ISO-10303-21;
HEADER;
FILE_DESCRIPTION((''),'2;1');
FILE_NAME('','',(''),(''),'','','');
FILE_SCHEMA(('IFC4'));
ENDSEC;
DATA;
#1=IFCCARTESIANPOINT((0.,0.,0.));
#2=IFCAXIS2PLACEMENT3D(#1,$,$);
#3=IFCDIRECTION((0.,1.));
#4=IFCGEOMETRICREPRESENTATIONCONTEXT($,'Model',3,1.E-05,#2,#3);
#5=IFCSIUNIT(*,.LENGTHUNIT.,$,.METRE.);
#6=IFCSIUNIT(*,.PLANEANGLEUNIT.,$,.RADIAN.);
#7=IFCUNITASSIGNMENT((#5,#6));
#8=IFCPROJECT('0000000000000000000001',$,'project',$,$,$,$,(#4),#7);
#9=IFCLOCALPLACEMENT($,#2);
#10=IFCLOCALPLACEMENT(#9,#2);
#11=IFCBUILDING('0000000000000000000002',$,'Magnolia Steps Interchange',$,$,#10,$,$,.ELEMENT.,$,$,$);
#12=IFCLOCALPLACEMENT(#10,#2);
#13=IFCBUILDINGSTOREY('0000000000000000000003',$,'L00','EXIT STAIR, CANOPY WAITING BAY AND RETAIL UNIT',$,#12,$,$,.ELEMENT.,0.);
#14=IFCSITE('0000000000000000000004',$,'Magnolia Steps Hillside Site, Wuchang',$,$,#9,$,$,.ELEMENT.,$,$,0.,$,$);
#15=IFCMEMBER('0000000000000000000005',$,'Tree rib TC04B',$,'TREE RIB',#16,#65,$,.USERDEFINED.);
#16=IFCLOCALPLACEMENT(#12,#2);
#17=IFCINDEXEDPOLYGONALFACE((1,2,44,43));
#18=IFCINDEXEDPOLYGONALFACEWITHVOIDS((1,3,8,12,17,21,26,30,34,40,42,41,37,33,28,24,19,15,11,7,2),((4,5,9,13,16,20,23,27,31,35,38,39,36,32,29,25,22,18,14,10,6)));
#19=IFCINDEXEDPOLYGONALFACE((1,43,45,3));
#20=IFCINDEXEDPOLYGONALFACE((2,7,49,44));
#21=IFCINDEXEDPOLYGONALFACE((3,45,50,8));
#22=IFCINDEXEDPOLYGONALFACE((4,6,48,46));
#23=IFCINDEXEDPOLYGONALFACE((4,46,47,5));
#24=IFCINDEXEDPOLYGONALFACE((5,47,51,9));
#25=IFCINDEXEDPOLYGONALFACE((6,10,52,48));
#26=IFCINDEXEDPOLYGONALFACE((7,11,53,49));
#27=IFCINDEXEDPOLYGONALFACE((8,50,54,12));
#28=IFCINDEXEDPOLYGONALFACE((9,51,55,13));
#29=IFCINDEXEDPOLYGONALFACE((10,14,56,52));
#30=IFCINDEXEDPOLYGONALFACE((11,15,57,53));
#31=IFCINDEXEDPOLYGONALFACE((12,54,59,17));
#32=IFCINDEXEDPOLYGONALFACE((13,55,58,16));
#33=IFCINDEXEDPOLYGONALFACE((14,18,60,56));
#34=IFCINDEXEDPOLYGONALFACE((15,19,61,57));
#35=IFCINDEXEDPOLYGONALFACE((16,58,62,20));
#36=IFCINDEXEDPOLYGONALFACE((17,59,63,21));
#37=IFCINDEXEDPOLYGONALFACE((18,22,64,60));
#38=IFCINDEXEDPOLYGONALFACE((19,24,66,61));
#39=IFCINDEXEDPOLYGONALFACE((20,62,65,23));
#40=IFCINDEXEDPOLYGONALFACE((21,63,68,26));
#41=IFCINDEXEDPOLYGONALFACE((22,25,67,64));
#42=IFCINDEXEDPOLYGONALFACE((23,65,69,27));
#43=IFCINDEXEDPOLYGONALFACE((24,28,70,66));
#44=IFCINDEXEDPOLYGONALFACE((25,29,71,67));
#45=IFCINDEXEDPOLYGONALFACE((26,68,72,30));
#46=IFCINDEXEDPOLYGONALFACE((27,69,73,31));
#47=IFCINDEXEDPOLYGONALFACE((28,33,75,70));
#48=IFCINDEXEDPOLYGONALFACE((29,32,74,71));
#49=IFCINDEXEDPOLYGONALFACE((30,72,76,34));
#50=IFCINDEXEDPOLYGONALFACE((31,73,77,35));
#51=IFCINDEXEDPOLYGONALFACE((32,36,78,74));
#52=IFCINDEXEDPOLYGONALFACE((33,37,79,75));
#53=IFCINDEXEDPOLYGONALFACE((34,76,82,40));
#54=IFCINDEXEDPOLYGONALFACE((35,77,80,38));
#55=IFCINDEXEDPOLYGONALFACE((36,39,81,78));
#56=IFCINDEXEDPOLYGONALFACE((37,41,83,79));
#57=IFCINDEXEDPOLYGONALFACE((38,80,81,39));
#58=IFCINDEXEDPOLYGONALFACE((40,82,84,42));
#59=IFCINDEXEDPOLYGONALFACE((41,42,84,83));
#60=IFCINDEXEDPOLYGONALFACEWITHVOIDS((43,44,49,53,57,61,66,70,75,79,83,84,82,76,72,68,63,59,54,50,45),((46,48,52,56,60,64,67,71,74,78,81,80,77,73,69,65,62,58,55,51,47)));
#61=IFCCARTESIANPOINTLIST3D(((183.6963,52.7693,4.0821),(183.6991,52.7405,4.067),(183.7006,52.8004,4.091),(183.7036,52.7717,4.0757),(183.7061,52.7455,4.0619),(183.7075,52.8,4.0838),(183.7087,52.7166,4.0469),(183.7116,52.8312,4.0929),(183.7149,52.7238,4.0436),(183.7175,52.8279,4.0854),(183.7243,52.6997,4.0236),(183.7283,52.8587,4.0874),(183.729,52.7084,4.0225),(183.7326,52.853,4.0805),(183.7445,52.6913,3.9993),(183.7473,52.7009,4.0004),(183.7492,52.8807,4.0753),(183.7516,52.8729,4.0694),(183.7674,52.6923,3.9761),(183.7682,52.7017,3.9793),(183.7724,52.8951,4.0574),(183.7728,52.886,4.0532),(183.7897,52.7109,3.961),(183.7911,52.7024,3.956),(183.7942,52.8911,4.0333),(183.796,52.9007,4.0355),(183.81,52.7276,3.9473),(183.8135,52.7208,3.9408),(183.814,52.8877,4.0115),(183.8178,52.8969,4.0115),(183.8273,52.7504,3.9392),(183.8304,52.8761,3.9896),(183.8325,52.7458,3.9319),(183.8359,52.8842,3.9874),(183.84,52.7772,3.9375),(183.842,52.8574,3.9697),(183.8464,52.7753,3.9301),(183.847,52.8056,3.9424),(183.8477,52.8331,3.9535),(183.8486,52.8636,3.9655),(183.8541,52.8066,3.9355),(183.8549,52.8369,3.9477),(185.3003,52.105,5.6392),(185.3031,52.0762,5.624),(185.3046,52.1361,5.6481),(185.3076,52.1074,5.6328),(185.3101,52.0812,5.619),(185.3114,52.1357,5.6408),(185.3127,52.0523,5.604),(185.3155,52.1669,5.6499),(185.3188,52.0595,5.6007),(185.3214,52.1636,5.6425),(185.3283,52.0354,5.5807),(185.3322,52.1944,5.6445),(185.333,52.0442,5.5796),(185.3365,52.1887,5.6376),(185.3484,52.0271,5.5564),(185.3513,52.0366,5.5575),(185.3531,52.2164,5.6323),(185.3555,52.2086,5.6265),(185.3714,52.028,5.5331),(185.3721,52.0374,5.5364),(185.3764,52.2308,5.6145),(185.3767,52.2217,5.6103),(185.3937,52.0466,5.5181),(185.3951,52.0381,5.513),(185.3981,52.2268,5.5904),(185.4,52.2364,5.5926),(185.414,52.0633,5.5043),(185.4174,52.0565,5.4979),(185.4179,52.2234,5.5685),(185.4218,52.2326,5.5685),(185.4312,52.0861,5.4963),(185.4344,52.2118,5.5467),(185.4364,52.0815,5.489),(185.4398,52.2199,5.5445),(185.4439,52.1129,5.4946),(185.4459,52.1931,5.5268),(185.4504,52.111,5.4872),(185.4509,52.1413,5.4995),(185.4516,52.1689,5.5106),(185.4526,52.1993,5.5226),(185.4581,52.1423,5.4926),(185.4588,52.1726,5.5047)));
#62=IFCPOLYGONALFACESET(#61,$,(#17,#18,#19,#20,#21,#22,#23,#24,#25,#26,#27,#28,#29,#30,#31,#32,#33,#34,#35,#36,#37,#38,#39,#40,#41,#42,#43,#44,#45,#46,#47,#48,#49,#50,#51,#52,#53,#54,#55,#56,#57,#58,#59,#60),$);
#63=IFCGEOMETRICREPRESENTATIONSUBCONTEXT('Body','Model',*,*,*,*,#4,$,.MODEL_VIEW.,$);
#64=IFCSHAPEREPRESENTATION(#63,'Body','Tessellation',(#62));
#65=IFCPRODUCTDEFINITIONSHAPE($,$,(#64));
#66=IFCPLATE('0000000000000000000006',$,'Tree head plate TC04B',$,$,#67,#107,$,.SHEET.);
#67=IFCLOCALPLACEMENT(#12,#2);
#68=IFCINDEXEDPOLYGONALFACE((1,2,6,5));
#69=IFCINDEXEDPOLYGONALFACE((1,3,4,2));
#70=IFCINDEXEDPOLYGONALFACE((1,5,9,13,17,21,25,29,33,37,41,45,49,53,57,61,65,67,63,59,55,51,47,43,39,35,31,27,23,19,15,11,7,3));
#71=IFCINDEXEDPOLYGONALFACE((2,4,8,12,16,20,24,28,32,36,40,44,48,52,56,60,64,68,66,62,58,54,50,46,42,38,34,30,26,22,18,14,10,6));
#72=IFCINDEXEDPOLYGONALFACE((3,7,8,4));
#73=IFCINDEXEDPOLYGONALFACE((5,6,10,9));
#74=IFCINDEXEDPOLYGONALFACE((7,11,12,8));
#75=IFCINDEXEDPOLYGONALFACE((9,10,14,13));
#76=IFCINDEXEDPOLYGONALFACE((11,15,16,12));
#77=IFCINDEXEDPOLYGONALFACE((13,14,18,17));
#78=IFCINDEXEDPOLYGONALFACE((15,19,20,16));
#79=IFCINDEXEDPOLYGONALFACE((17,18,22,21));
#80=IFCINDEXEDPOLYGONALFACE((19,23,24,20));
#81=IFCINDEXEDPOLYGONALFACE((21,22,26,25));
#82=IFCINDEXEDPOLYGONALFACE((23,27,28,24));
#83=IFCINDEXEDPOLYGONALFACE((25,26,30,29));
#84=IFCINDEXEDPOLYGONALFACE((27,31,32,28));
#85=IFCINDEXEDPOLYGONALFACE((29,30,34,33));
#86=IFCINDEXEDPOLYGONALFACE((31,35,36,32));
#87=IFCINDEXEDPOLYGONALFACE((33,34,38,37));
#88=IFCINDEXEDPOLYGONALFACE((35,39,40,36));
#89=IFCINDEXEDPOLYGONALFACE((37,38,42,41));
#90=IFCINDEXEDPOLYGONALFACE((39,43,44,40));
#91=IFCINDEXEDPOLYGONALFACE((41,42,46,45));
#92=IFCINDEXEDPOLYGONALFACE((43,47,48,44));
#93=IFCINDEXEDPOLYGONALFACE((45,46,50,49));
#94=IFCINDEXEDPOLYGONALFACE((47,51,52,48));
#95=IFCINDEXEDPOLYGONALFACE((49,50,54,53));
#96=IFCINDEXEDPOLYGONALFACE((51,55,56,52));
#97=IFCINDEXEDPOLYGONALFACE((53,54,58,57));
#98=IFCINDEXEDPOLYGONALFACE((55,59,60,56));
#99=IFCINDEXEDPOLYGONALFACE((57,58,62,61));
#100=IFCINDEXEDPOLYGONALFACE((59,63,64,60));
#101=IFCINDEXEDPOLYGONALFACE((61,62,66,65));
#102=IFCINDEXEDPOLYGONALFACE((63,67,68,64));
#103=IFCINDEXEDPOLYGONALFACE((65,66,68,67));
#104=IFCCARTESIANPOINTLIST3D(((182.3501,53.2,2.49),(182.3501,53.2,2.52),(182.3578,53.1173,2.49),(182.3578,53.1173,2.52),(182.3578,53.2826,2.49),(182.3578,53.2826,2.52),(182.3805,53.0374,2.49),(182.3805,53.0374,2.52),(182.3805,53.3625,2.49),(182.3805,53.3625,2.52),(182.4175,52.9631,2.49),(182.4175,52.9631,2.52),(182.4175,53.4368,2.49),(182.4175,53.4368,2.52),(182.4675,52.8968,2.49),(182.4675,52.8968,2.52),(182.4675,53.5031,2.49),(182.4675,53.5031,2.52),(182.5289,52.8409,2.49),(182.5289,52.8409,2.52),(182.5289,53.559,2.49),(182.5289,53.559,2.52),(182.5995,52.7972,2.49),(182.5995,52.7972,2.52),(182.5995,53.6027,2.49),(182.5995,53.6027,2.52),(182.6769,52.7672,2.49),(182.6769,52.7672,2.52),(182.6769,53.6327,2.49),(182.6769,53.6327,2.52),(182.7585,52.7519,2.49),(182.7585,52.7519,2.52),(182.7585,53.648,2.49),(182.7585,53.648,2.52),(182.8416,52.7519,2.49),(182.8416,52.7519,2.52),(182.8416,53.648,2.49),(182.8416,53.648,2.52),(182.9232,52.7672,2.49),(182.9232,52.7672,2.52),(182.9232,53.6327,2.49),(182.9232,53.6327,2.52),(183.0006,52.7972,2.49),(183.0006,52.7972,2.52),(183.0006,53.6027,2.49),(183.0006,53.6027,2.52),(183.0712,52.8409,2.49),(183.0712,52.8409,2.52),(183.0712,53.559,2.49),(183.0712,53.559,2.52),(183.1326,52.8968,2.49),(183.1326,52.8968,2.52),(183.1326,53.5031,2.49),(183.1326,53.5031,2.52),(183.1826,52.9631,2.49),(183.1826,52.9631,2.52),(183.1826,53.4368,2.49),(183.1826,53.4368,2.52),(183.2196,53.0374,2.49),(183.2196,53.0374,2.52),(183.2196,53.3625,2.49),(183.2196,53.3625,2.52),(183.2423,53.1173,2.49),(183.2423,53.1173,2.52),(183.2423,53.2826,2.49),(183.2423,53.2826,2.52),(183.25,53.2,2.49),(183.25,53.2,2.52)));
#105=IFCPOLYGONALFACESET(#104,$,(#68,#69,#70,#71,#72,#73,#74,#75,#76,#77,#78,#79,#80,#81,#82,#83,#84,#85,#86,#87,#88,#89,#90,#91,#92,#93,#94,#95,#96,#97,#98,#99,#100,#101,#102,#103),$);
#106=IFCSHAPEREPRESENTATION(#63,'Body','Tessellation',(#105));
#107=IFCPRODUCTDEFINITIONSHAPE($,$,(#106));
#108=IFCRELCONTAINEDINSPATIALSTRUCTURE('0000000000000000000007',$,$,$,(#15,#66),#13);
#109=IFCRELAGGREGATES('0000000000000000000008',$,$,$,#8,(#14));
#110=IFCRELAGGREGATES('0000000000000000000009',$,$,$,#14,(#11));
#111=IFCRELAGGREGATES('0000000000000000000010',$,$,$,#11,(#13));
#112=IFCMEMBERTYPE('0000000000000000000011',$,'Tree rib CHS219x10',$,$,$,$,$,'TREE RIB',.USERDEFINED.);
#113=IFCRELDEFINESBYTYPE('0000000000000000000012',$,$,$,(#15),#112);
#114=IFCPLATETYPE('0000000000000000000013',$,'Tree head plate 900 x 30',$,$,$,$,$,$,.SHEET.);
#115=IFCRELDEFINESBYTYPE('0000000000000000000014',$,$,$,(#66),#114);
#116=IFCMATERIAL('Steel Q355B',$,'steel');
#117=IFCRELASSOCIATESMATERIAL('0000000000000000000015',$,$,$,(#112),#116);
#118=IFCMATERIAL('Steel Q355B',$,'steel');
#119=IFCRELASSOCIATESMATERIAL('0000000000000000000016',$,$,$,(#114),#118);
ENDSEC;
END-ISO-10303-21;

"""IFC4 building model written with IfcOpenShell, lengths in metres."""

from ifc_helpers import new_model, si_unit, direction, frame, origin, origin_2d, place, context, subcontext, project, spatial, circle, hollow_circle, extrude, material, material_profile, profile_set, type_object, element, save


model = new_model("IFC4")

# Units and contexts
model_context = context("Model", 3, precision=1e-05, world=origin(), true_north=direction((0.0, 1.0)))
body_context = subcontext(model_context, "Body", "Model", "MODEL_VIEW")
ifc_project = project(units=[si_unit("LENGTHUNIT", "METRE"), si_unit("PLANEANGLEUNIT", "RADIAN")], contexts=[model_context])

# Site, building, storey
site_placement = place(None, origin())
site = spatial("IfcSite", under=ifc_project, at=site_placement, Name="Magnolia Steps Hillside Site, Wuchang", CompositionType="ELEMENT", RefElevation=0.0)
building_placement = place(site_placement, origin())
building = spatial("IfcBuilding", under=site, at=building_placement, Name="Magnolia Steps Interchange", CompositionType="ELEMENT")
storey_placement = place(building_placement, origin())
storey = spatial("IfcBuildingStorey", under=building, at=storey_placement, Name="L00", Description="EXIT STAIR, CANOPY WAITING BAY AND RETAIL UNIT", CompositionType="ELEMENT", Elevation=0.0)

# Member
ifc_material_1 = material(Name="Steel Q355B", Category="steel")
ifc_material_profile_1 = material_profile(ifc_material_1, hollow_circle(Radius=0.1096, WallThickness=0.01, at=origin_2d()), Name="CHS219x10")
ifc_profile_set_1 = profile_set([ifc_material_profile_1], Name="Steel Q355B")
member_type = type_object("IfcMemberType", Name="Tree rib CHS219x10", ElementType="TREE RIB", PredefinedType="USERDEFINED", material=ifc_profile_set_1)
member_1_placement = place(storey_placement, frame((183.7759, 52.7957, 4.0115), z_axis=(0.687788, -0.284851, 0.667688), x_axis=(0.382637, 0.923899, 0.0)))
element("IfcMember", 1, at=member_1_placement, inside=storey, type_object=member_type, Name="Tree rib TC04B", ObjectType="TREE RIB", PredefinedType="USERDEFINED", context=body_context, shape_type="SweptSolid", body=[
    extrude(hollow_circle(Radius=0.1096, WallThickness=0.01, at=origin_2d()), origin(), (0.0, 0.0, 1.0), 2.332),
])

# Plate
ifc_material_2 = material(Name="Steel Q355B", Category="steel")
ifc_material_profile_2 = material_profile(ifc_material_2, circle(Radius=0.45, at=origin_2d()), Name="Tree head plate 900 x 30")
ifc_profile_set_2 = profile_set([ifc_material_profile_2], Name="Steel Q355B")
plate_type = type_object("IfcPlateType", Name="Tree head plate 900 x 30", PredefinedType="SHEET", material=ifc_profile_set_2)
plate_placement = place(storey_placement, frame((182.8, 53.2, 2.49), z_axis=(0.0, 0.0, 1.0), x_axis=(1.0, 0.0, 0.0)))
element("IfcPlate", 2, at=plate_placement, inside=storey, type_object=plate_type, Name="Tree head plate TC04B", PredefinedType="SHEET", context=body_context, shape_type="SweptSolid", body=[
    extrude(circle(Radius=0.45, at=origin_2d()), origin(), (0.0, 0.0, 1.0), 0.03),
])

save(model, "model.ifc")
